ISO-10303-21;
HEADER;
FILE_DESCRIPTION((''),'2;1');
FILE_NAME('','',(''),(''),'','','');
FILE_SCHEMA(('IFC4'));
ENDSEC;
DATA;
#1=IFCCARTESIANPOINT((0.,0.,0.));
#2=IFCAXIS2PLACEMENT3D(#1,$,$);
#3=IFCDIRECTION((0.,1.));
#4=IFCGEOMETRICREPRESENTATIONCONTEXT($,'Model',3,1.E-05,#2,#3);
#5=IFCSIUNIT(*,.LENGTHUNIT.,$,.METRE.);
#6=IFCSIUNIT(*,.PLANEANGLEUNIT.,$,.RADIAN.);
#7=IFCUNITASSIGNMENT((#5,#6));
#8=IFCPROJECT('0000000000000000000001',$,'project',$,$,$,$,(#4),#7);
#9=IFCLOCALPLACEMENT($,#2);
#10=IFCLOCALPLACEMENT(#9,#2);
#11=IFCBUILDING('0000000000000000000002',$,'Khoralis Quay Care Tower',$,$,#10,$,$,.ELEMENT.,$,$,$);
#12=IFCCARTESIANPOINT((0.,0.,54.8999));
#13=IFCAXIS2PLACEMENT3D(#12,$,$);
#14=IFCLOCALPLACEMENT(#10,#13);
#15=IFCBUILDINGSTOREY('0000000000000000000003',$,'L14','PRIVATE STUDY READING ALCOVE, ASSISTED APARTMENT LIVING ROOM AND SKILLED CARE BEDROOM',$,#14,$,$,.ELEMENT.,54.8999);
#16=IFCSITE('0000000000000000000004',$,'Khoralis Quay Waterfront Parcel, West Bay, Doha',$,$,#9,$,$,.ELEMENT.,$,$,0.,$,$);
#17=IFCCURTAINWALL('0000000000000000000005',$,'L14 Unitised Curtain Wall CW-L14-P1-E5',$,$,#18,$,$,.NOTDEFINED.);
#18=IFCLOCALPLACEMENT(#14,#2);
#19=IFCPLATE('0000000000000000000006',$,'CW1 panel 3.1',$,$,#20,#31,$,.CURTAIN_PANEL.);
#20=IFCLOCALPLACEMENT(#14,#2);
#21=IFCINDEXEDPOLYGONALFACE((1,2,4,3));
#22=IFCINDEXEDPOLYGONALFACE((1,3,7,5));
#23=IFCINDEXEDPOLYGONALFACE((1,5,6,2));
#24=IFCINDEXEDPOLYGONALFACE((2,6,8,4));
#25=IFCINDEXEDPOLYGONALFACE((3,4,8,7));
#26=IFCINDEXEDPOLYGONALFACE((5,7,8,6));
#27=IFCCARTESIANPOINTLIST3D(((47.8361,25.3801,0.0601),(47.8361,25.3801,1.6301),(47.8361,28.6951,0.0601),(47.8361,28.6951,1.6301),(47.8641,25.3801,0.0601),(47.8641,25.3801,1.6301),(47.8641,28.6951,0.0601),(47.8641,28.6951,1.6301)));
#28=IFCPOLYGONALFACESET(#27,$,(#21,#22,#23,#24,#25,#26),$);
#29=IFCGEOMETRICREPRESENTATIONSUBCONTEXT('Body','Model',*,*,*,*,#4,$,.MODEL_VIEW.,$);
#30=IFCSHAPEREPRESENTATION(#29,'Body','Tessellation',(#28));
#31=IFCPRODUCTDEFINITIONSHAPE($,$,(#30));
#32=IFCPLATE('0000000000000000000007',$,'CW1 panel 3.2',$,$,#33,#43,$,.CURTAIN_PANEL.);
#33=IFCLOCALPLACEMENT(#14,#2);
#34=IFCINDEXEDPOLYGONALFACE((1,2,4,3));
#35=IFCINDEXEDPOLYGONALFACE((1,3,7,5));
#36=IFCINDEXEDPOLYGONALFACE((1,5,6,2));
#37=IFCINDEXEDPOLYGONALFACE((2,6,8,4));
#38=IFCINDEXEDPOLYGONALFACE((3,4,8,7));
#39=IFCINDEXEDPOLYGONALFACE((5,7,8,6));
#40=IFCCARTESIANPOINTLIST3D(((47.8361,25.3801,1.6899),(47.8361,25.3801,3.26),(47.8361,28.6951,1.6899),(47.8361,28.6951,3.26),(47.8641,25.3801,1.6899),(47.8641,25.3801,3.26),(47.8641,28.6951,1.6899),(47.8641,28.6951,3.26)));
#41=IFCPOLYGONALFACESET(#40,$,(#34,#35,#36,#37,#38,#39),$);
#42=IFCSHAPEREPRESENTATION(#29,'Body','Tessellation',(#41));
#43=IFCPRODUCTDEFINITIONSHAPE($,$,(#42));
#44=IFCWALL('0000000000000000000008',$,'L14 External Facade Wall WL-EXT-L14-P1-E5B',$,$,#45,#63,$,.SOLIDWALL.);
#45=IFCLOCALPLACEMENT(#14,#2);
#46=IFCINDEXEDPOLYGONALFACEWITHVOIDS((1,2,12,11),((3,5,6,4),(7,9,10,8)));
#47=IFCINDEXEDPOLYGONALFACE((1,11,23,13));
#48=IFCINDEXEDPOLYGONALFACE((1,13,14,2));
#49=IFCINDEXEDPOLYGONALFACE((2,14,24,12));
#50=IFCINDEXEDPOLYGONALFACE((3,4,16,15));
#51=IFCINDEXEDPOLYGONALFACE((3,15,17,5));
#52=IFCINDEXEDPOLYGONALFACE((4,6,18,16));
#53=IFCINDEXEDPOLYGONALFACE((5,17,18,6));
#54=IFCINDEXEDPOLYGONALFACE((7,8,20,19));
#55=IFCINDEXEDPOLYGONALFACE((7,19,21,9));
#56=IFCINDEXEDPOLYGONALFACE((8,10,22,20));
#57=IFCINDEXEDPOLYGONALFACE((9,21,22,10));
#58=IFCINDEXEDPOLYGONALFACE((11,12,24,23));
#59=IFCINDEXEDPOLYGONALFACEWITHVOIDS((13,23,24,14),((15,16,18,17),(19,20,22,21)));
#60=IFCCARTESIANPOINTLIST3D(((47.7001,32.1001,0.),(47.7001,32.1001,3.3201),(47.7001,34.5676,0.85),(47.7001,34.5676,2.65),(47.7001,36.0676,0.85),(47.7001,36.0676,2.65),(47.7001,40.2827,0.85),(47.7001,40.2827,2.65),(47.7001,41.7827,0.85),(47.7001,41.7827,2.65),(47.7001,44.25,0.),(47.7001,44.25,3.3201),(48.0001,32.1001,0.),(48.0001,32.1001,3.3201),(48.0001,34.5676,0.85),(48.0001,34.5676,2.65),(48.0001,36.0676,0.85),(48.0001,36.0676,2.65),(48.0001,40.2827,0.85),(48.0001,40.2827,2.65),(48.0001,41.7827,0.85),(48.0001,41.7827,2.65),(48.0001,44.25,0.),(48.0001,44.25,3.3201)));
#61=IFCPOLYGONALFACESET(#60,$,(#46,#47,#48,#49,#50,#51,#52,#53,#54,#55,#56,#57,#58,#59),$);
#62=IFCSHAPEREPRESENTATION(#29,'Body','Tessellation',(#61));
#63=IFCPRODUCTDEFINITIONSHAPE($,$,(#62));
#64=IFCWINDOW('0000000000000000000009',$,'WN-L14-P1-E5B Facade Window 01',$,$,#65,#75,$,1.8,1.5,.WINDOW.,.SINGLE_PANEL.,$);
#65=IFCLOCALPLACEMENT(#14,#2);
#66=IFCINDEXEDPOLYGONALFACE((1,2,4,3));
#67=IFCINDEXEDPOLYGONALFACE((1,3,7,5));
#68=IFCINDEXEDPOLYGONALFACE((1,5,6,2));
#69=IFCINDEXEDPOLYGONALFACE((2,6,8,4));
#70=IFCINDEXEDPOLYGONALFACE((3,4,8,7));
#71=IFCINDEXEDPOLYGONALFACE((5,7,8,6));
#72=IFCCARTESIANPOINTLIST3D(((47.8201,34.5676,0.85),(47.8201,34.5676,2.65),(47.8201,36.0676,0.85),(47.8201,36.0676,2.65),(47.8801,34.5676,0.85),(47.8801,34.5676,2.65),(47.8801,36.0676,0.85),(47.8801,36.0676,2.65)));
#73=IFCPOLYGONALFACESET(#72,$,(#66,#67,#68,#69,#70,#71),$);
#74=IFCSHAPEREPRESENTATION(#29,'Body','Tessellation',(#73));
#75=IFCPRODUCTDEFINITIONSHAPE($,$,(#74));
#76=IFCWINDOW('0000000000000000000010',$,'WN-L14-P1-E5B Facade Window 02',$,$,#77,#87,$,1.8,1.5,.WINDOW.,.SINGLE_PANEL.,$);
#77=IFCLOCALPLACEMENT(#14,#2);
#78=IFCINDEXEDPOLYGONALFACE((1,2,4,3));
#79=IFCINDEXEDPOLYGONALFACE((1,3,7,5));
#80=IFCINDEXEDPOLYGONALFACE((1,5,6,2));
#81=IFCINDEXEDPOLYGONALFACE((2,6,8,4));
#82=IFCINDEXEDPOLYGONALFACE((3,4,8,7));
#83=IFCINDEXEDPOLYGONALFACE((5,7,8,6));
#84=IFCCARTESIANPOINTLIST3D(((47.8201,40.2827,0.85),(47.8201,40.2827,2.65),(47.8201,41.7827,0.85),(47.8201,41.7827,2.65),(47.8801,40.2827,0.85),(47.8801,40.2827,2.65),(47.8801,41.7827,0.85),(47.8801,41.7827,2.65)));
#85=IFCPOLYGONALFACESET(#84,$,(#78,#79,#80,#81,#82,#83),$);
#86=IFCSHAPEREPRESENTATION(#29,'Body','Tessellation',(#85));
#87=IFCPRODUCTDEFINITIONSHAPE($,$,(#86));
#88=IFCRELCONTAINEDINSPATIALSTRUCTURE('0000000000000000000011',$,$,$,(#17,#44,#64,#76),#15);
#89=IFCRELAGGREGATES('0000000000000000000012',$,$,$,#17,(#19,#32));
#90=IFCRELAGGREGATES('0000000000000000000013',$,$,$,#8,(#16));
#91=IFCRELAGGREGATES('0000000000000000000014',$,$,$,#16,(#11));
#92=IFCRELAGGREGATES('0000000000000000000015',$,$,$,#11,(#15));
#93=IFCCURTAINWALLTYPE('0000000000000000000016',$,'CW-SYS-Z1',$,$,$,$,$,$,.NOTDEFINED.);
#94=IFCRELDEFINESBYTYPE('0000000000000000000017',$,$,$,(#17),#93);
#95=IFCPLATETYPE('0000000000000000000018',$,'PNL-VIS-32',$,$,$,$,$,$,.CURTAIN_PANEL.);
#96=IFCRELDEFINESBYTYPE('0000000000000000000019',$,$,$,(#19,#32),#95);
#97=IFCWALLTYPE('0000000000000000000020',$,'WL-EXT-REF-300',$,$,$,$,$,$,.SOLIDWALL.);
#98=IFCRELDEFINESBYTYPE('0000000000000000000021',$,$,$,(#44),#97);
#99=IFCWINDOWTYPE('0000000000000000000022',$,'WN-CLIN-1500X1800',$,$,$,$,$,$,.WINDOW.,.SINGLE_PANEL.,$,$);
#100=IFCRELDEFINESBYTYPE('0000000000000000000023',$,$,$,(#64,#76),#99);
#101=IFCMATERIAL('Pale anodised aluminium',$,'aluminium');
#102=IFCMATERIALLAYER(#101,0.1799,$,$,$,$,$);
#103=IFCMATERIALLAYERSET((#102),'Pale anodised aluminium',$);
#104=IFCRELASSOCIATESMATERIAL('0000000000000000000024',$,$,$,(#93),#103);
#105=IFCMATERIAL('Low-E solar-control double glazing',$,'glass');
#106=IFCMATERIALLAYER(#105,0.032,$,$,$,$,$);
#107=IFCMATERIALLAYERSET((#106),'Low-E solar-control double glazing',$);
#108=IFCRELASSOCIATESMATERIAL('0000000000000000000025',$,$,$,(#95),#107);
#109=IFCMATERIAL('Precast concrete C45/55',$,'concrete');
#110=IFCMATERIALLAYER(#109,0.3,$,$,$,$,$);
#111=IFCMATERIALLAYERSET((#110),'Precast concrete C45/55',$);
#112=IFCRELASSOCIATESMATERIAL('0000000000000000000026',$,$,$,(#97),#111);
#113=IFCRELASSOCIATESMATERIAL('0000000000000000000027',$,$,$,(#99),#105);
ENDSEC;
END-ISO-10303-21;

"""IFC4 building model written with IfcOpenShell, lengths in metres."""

from ifc_helpers import new_model, si_unit, direction, frame, frame_2d, origin, origin_2d, place, context, subcontext, project, spatial, rectangle, extrude, source, transform, mapped, material, layer, layer_set, type_object, element, fill, aggregate, save


model = new_model("IFC4")

# Units and contexts
model_context = context("Model", 3, precision=1e-05, world=origin(), true_north=direction((0.0, 1.0)))
body_context = subcontext(model_context, "Body", "Model", "MODEL_VIEW")
ifc_project = project(units=[si_unit("LENGTHUNIT", "METRE"), si_unit("PLANEANGLEUNIT", "RADIAN")], contexts=[model_context])

# Site, building, storey
site_placement = place(None, origin())
site = spatial("IfcSite", under=ifc_project, at=site_placement, Name="Khoralis Quay Waterfront Parcel, West Bay, Doha", CompositionType="ELEMENT", RefElevation=0.0)
building_placement = place(site_placement, origin())
building = spatial("IfcBuilding", under=site, at=building_placement, Name="Khoralis Quay Care Tower", CompositionType="ELEMENT")
storey_placement = place(building_placement, frame((0.0, 0.0, 54.8999)))
storey = spatial("IfcBuildingStorey", under=building, at=storey_placement, Name="L14", Description="PRIVATE STUDY READING ALCOVE, ASSISTED APARTMENT LIVING ROOM AND SKILLED CARE BEDROOM", CompositionType="ELEMENT", Elevation=54.8999)

# Curtain wall, plates
ifc_material_1 = material(Name="Pale anodised aluminium", Category="aluminium")
ifc_layer_1 = layer(ifc_material_1, 0.1799)
ifc_layer_set_1 = layer_set([ifc_layer_1], Name="Pale anodised aluminium")
curtain_wall_type = type_object("IfcCurtainWallType", Name="CW-SYS-Z1", PredefinedType="NOTDEFINED", material=ifc_layer_set_1)
curtain_wall_placement = place(storey_placement, origin())
curtain_wall = element("IfcCurtainWall", 1, at=curtain_wall_placement, inside=storey, type_object=curtain_wall_type, Name="L14 Unitised Curtain Wall CW-L14-P1-E5", PredefinedType="NOTDEFINED")
ifc_material_2 = material(Name="Low-E solar-control double glazing", Category="glass")
ifc_layer_2 = layer(ifc_material_2, 0.032)
ifc_layer_set_2 = layer_set([ifc_layer_2], Name="Low-E solar-control double glazing")
plate_type = type_object("IfcPlateType", Name="PNL-VIS-32", PredefinedType="CURTAIN_PANEL", material=ifc_layer_set_2)
shared_shape_1 = source(origin(), body_context, "Body", "SweptSolid", [
    extrude(rectangle(XDim=3.3149, YDim=0.0281, at=origin_2d()), origin(), (0.0, 0.0, 1.0), 1.5701),
])
plate_1_placement = place(storey_placement, frame((47.8501, 27.0376, 0.0601), z_axis=(0.0, 0.0, 1.0), x_axis=(0.0, 1.0, 0.0)))
plate_1 = element("IfcPlate", 2, at=plate_1_placement, type_object=plate_type, Name="CW1 panel 3.1", PredefinedType="CURTAIN_PANEL", context=body_context, shape_type="MappedRepresentation", body=[
    mapped(shared_shape_1, transform((0.0, 0.0, 0.0), scale=1.0)),
])
plate_2_placement = place(storey_placement, frame((47.8501, 27.0376, 1.6899), z_axis=(0.0, 0.0, 1.0), x_axis=(0.0, 1.0, 0.0)))
plate_2 = element("IfcPlate", 3, at=plate_2_placement, type_object=plate_type, Name="CW1 panel 3.2", PredefinedType="CURTAIN_PANEL", context=body_context, shape_type="MappedRepresentation", body=[
    mapped(shared_shape_1, transform((0.0, 0.0, 0.0), scale=1.0)),
])
aggregate(curtain_wall, [plate_1, plate_2])

# Wall, openings, windows
ifc_material_3 = material(Name="Precast concrete C45/55", Category="concrete")
ifc_layer_3 = layer(ifc_material_3, 0.3)
ifc_layer_set_3 = layer_set([ifc_layer_3], Name="Precast concrete C45/55")
wall_type = type_object("IfcWallType", Name="WL-EXT-REF-300", PredefinedType="SOLIDWALL", material=ifc_layer_set_3)
wall_placement = place(storey_placement, frame((47.8501, 32.1001, 0.0), z_axis=(0.0, 0.0, 1.0), x_axis=(0.0, 1.0, 0.0)))
wall = element("IfcWall", 4, at=wall_placement, inside=storey, type_object=wall_type, Name="L14 External Facade Wall WL-EXT-L14-P1-E5B", PredefinedType="SOLIDWALL", context=body_context, shape_type="SweptSolid", body=[
    extrude(rectangle(XDim=12.1499, YDim=0.3, at=frame_2d((6.075, 0.0))), origin(), (0.0, 0.0, 1.0), 3.3201),
])
opening_1_placement = place(wall_placement, frame((2.4675, 0.0, 0.8501)))
opening_1 = element("IfcOpeningElement", 5, at=opening_1_placement, cuts=wall, PredefinedType="OPENING", context=body_context, shape_type="SweptSolid", body=[
    extrude(rectangle(XDim=1.5, YDim=1.8, at=frame_2d((0.75, 0.8999))), frame((0.0, 0.1602, 0.0), z_axis=(0.0, -1.0, 0.0), x_axis=(1.0, 0.0, 0.0)), (0.0, 0.0, 1.0), 0.3201),
])
opening_2_placement = place(wall_placement, frame((8.1826, 0.0, 0.8501)))
opening_2 = element("IfcOpeningElement", 6, at=opening_2_placement, cuts=wall, PredefinedType="OPENING", context=body_context, shape_type="SweptSolid", body=[
    extrude(rectangle(XDim=1.5, YDim=1.8, at=frame_2d((0.75, 0.8999))), frame((0.0, 0.1602, 0.0), z_axis=(0.0, -1.0, 0.0), x_axis=(1.0, 0.0, 0.0)), (0.0, 0.0, 1.0), 0.3201),
])
window_type = type_object("IfcWindowType", Name="WN-CLIN-1500X1800", PartitioningType="SINGLE_PANEL", PredefinedType="WINDOW", material=ifc_material_2)
shared_shape_2 = source(origin(), body_context, "Body", "SweptSolid", [
    extrude(rectangle(XDim=1.5, YDim=1.8, at=frame_2d((0.75, 0.8999))), frame((0.0, 0.03, 0.0), z_axis=(0.0, -1.0, 0.0), x_axis=(1.0, 0.0, 0.0)), (0.0, 0.0, 1.0), 0.0601),
])
window_1_placement = place(opening_1_placement, origin())
window_1 = element("IfcWindow", 7, at=window_1_placement, inside=storey, type_object=window_type, Name="WN-L14-P1-E5B Facade Window 01", OverallHeight=1.8, OverallWidth=1.5, PartitioningType="SINGLE_PANEL", PredefinedType="WINDOW", context=body_context, shape_type="MappedRepresentation", body=[
    mapped(shared_shape_2, transform((0.0, 0.0, 0.0), scale=1.0)),
])
fill(opening_1, window_1)
window_2_placement = place(opening_2_placement, origin())
window_2 = element("IfcWindow", 8, at=window_2_placement, inside=storey, type_object=window_type, Name="WN-L14-P1-E5B Facade Window 02", OverallHeight=1.8, OverallWidth=1.5, PartitioningType="SINGLE_PANEL", PredefinedType="WINDOW", context=body_context, shape_type="MappedRepresentation", body=[
    mapped(shared_shape_2, transform((0.0, 0.0, 0.0), scale=1.0)),
])
fill(opening_2, window_2)

save(model, "model.ifc")
